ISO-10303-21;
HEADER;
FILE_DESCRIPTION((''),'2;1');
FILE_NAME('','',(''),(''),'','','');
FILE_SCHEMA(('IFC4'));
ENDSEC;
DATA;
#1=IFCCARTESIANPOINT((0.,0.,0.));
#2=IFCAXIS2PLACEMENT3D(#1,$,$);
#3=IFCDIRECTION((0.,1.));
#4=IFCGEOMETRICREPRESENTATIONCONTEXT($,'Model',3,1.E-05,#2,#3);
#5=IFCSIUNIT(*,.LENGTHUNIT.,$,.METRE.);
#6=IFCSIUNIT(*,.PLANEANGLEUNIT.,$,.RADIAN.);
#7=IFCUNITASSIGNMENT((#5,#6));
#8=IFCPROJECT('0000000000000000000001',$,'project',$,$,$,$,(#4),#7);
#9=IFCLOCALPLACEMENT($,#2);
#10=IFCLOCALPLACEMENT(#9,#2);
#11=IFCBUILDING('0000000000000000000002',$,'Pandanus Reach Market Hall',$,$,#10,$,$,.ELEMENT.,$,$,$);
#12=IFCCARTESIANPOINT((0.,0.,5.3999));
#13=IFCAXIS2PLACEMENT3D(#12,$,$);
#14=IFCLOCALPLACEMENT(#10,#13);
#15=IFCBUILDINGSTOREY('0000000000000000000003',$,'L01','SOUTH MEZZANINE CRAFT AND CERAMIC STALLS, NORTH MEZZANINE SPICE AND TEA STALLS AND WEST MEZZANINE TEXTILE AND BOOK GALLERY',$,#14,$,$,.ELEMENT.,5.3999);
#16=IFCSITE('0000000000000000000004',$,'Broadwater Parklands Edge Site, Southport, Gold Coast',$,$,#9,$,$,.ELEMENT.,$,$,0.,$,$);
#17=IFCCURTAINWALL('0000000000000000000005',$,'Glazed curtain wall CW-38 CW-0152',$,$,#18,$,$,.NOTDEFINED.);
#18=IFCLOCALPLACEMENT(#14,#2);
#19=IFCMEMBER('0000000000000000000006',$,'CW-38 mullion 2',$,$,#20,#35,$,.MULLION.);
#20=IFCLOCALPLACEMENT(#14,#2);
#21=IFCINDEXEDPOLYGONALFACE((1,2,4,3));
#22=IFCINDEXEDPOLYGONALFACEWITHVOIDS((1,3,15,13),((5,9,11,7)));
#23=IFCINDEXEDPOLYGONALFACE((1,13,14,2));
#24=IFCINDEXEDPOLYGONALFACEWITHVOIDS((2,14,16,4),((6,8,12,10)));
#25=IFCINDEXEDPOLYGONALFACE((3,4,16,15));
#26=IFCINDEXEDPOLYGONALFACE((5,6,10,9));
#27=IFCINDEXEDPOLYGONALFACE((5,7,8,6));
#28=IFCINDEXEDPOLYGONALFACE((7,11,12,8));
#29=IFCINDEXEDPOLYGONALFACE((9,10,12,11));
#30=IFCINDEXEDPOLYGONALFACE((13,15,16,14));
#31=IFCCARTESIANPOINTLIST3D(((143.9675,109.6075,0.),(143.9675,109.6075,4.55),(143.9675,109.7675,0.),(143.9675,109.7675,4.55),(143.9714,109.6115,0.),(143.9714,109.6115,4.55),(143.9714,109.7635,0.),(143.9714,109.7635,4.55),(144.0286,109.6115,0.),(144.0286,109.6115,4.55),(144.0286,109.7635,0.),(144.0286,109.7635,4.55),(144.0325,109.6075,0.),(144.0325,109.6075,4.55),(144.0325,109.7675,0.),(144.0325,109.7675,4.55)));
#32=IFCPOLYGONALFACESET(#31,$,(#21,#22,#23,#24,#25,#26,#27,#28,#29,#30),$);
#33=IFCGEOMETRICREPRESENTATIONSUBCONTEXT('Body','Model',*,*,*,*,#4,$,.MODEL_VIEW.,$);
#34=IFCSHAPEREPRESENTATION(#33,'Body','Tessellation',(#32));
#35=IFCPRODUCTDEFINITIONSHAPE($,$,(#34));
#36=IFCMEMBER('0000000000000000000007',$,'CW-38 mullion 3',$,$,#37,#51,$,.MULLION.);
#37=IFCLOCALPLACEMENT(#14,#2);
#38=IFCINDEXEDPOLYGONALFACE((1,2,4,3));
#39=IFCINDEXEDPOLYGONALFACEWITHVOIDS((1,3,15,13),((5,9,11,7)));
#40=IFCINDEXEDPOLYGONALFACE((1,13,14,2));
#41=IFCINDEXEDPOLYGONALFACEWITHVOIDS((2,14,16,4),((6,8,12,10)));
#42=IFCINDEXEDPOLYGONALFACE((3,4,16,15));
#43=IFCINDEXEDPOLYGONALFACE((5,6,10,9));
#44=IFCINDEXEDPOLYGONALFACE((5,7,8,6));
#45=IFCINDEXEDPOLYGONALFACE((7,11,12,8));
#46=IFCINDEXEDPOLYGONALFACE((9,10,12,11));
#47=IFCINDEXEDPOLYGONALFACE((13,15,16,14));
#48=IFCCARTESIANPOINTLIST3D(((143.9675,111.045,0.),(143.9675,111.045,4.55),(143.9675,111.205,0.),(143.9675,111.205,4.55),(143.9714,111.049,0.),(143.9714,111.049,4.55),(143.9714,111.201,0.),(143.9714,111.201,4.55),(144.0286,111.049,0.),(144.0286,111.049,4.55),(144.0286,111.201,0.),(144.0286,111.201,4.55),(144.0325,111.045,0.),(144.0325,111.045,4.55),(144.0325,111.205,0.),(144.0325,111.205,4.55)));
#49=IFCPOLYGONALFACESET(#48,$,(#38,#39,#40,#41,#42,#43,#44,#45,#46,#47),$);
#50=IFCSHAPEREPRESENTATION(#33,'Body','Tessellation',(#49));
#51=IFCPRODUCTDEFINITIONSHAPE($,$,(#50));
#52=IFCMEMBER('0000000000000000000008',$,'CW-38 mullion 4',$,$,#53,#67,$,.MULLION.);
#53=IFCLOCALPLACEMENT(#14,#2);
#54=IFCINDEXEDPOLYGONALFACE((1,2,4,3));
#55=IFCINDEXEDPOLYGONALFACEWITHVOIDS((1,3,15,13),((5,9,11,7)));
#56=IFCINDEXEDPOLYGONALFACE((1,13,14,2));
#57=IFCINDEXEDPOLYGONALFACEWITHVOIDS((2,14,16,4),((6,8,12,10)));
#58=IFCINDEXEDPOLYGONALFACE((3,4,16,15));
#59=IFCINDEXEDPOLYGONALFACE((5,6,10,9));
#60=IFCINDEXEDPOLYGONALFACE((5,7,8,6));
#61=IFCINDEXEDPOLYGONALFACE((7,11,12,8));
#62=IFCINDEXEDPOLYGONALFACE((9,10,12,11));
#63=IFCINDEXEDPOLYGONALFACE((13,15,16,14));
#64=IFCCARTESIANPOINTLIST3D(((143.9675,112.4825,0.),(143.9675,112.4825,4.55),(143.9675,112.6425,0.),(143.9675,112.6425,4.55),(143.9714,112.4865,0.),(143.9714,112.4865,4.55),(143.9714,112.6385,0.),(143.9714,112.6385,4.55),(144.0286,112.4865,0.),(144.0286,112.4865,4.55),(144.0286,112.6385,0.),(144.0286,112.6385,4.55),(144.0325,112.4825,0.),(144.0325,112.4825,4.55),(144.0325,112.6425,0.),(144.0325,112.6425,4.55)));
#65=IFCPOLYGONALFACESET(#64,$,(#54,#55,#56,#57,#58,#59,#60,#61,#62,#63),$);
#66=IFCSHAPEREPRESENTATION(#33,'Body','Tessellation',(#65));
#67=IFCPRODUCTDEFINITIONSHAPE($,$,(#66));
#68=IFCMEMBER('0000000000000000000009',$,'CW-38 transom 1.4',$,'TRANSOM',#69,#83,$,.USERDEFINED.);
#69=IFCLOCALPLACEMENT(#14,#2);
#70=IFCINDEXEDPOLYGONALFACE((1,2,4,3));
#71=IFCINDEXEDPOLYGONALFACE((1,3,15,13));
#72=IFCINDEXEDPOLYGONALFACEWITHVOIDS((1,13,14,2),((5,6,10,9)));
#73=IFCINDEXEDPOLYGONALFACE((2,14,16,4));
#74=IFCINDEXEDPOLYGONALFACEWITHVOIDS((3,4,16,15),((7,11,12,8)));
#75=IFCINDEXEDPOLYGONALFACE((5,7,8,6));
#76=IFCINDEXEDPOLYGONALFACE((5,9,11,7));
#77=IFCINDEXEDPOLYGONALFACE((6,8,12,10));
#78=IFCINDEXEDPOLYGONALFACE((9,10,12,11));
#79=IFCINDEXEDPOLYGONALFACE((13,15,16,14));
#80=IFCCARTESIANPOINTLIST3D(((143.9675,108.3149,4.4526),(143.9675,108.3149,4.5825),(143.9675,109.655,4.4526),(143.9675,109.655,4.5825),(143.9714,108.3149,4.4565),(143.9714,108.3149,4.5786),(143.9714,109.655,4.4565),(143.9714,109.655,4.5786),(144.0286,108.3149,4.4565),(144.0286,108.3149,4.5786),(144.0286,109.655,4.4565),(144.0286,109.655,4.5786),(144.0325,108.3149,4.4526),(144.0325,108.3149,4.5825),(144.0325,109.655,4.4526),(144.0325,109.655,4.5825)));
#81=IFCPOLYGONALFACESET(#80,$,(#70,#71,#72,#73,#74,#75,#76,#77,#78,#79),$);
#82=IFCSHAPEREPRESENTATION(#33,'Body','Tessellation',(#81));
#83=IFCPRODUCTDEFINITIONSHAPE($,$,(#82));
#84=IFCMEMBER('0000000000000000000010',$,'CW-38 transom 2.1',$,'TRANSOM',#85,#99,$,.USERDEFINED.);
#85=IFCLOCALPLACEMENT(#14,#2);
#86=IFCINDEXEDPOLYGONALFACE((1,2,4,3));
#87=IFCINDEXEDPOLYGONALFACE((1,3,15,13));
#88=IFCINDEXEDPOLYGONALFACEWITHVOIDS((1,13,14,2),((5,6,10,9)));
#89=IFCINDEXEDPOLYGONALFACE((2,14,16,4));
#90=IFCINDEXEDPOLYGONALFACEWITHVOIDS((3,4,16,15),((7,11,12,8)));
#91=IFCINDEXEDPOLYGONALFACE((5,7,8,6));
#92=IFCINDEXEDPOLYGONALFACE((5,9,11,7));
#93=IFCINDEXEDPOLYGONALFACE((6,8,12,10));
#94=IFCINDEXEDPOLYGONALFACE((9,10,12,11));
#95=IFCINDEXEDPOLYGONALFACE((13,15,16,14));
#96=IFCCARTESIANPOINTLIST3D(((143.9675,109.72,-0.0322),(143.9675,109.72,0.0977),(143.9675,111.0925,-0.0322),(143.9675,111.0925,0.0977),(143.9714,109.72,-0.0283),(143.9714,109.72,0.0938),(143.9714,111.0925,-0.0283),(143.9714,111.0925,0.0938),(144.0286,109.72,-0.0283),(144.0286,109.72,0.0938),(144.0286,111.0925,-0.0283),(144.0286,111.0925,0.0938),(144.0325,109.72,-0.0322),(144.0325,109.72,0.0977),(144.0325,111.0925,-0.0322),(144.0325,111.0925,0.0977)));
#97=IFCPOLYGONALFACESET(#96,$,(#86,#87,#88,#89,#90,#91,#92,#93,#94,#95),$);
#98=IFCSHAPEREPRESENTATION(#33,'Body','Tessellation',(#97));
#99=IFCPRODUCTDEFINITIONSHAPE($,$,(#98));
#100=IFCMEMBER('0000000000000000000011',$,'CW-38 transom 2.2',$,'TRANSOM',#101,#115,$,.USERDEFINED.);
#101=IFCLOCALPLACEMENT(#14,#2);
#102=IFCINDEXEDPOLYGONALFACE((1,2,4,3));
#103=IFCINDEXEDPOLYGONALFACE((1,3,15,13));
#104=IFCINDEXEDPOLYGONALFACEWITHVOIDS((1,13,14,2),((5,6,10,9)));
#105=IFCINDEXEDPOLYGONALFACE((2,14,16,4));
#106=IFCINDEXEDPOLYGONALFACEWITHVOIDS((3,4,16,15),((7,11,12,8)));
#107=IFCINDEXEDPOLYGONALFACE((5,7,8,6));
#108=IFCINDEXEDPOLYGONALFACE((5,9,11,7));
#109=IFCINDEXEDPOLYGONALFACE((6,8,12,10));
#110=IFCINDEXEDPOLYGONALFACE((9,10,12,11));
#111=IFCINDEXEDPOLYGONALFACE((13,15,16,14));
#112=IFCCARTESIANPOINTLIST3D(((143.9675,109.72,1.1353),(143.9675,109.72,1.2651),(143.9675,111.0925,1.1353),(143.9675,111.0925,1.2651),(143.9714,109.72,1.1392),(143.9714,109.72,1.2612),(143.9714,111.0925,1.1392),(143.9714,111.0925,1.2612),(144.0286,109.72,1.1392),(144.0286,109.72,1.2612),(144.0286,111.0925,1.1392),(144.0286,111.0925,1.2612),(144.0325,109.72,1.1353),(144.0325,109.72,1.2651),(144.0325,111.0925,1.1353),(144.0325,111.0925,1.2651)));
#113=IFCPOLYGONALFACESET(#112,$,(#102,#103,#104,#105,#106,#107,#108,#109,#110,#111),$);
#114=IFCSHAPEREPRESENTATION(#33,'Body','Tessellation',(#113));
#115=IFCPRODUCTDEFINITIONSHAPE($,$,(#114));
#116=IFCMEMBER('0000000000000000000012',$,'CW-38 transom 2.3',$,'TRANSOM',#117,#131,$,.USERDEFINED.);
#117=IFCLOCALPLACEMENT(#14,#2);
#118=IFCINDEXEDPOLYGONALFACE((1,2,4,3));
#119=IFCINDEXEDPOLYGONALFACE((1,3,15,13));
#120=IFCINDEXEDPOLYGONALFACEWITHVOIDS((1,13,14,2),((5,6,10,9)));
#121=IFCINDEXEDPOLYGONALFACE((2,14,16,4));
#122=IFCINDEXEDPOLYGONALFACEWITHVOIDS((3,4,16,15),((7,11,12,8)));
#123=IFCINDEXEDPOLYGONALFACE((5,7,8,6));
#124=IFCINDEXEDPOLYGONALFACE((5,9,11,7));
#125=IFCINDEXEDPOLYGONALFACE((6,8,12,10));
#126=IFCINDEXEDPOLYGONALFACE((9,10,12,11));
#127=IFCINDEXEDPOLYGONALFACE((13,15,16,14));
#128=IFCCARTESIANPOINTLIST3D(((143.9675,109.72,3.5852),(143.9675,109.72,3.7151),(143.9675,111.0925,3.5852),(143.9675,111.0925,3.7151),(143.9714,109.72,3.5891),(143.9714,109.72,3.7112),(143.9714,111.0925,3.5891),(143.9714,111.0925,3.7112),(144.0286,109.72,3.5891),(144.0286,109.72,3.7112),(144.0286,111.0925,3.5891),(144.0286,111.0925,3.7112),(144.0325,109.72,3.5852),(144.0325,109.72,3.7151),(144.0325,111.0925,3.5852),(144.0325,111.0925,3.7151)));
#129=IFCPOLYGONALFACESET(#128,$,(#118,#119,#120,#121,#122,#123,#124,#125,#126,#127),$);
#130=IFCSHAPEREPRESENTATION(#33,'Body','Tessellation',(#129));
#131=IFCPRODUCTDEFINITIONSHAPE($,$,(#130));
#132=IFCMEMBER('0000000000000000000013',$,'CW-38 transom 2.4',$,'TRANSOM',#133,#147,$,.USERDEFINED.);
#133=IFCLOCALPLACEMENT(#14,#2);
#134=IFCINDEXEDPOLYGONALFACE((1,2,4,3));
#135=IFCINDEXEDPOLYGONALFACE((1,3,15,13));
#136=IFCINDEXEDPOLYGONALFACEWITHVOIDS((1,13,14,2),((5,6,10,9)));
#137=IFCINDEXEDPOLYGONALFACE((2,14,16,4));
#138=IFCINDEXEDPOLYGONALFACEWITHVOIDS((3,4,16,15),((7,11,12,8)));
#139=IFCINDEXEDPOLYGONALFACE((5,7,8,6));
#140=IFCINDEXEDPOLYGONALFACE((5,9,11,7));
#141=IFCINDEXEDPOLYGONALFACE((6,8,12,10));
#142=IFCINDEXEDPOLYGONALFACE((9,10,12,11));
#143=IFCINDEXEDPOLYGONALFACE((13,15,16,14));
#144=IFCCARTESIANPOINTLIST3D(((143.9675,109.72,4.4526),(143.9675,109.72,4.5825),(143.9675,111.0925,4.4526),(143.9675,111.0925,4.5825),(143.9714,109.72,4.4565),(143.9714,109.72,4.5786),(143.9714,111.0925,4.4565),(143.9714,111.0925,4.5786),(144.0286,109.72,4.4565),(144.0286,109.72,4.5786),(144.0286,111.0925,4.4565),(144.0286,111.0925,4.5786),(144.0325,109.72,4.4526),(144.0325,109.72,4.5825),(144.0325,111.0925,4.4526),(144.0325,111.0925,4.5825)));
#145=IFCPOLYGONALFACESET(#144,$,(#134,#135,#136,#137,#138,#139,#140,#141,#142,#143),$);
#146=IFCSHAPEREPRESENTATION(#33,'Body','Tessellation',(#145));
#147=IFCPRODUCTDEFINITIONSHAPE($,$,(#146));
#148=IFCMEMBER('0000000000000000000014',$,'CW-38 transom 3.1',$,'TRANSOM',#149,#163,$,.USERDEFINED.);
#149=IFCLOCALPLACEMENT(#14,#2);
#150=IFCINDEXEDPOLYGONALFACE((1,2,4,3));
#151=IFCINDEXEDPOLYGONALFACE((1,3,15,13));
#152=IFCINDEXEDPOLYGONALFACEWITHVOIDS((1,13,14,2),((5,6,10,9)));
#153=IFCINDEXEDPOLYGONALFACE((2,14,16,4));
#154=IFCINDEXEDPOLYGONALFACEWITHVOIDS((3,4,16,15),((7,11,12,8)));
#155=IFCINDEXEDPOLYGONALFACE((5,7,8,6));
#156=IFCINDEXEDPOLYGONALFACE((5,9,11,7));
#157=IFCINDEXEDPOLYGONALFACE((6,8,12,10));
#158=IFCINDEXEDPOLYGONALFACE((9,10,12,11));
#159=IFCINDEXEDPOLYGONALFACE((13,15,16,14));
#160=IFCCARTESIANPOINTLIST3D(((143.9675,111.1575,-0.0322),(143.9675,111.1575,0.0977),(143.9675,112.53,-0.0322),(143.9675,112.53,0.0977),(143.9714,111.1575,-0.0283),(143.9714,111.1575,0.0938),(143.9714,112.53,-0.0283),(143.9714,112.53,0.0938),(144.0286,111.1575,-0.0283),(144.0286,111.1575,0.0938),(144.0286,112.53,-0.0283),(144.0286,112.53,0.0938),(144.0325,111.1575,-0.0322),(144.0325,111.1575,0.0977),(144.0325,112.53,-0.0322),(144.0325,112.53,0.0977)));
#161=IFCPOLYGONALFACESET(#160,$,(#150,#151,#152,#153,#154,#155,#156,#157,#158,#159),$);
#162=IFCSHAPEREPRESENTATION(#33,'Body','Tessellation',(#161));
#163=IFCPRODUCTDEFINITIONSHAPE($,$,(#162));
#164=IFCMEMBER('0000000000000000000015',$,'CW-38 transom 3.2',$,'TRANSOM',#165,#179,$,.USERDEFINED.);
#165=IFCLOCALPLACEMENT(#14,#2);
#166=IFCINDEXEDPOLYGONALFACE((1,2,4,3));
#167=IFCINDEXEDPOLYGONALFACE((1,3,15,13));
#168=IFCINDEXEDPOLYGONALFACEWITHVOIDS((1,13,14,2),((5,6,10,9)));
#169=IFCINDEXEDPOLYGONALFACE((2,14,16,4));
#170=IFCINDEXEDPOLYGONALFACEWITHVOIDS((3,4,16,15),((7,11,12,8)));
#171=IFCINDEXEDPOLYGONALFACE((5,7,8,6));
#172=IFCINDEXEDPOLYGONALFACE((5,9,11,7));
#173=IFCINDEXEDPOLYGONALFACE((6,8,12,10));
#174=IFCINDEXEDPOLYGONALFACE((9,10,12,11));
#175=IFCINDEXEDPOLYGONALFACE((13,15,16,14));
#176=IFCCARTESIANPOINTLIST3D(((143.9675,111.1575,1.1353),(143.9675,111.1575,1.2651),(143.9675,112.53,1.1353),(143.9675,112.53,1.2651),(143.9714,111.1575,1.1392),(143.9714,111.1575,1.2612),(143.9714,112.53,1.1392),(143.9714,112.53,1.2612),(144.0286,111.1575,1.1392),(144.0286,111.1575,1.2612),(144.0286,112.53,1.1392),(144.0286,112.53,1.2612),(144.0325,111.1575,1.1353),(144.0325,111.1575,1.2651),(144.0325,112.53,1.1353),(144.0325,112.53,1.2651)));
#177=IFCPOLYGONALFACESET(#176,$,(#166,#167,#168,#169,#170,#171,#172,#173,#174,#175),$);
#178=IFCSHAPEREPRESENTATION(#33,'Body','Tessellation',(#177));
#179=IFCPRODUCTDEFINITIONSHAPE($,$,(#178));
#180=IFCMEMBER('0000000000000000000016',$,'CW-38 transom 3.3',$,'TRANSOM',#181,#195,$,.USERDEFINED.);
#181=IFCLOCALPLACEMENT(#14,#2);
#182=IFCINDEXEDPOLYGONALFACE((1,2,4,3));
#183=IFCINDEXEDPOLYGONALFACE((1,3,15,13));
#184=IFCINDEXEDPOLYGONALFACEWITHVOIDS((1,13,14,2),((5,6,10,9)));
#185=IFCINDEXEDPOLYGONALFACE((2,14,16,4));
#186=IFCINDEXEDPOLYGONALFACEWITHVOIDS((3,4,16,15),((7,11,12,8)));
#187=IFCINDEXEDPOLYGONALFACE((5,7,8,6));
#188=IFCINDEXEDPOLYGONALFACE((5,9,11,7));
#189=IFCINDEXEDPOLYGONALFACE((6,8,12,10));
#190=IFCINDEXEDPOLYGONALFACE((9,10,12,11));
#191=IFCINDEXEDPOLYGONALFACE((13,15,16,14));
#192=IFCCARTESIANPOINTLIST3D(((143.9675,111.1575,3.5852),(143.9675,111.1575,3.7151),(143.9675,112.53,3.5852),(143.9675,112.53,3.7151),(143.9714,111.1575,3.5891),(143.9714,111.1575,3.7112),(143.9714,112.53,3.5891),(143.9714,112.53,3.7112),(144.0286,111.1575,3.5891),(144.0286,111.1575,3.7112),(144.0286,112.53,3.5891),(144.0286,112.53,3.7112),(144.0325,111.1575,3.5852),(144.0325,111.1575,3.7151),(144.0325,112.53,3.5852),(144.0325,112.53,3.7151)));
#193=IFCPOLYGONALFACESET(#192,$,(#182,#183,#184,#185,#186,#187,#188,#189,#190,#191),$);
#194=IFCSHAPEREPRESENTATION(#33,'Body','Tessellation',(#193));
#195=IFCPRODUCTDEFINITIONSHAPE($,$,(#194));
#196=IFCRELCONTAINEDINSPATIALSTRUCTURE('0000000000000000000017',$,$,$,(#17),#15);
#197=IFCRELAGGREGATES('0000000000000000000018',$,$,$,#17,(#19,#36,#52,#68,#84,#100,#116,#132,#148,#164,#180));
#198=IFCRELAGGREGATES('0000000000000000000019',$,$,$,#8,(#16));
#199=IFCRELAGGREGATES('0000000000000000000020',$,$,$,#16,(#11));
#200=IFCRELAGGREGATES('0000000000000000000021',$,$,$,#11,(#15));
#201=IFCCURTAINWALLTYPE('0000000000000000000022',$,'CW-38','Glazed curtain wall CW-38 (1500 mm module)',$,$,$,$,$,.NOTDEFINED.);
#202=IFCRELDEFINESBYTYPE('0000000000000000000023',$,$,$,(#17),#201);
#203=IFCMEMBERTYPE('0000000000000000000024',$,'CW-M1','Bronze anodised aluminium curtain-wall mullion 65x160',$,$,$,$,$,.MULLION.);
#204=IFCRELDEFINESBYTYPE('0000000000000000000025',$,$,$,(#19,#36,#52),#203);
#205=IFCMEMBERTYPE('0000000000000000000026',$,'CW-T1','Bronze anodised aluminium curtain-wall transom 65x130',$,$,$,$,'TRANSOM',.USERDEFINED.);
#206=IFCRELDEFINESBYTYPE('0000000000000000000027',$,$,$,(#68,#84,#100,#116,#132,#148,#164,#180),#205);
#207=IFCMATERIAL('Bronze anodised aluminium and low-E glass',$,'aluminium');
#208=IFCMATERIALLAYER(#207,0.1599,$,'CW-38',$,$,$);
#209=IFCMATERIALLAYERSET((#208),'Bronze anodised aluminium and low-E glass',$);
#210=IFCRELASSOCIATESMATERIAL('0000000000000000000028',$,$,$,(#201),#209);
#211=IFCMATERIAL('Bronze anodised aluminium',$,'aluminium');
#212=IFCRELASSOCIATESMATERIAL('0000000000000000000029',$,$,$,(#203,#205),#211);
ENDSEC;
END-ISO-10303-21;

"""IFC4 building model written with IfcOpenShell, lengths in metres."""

from ifc_helpers import new_model, si_unit, direction, frame, origin, origin_2d, place, context, subcontext, project, spatial, hollow_rectangle, extrude, material, layer, layer_set, material_profile, profile_set, type_object, element, aggregate, save


model = new_model("IFC4")

# Units and contexts
model_context = context("Model", 3, precision=1e-05, world=origin(), true_north=direction((0.0, 1.0)))
body_context = subcontext(model_context, "Body", "Model", "MODEL_VIEW")
ifc_project = project(units=[si_unit("LENGTHUNIT", "METRE"), si_unit("PLANEANGLEUNIT", "RADIAN")], contexts=[model_context])

# Site, building, storey
site_placement = place(None, origin())
site = spatial("IfcSite", under=ifc_project, at=site_placement, Name="Broadwater Parklands Edge Site, Southport, Gold Coast", CompositionType="ELEMENT", RefElevation=0.0)
building_placement = place(site_placement, origin())
building = spatial("IfcBuilding", under=site, at=building_placement, Name="Pandanus Reach Market Hall", CompositionType="ELEMENT")
storey_placement = place(building_placement, frame((0.0, 0.0, 5.3999)))
storey = spatial("IfcBuildingStorey", under=building, at=storey_placement, Name="L01", Description="SOUTH MEZZANINE CRAFT AND CERAMIC STALLS, NORTH MEZZANINE SPICE AND TEA STALLS AND WEST MEZZANINE TEXTILE AND BOOK GALLERY", CompositionType="ELEMENT", Elevation=5.3999)

# Curtain wall, members
ifc_material_1 = material(Name="Bronze anodised aluminium and low-E glass", Category="aluminium")
ifc_layer_1 = layer(ifc_material_1, 0.1599, Name="CW-38")
ifc_layer_set_1 = layer_set([ifc_layer_1], Name="Bronze anodised aluminium and low-E glass")
curtain_wall_type = type_object("IfcCurtainWallType", Name="CW-38", Description="Glazed curtain wall CW-38 (1500 mm module)", PredefinedType="NOTDEFINED", material=ifc_layer_set_1)
curtain_wall_placement = place(storey_placement, origin())
curtain_wall = element("IfcCurtainWall", 1, at=curtain_wall_placement, inside=storey, type_object=curtain_wall_type, Name="Glazed curtain wall CW-38 CW-0152", PredefinedType="NOTDEFINED")
ifc_material_2 = material(Name="Bronze anodised aluminium", Category="aluminium")
ifc_material_profile_1 = material_profile(ifc_material_2, hollow_rectangle(XDim=0.0649, YDim=0.1599, WallThickness=0.0039, at=origin_2d()), Name="ALU65x160", Category="LoadBearing")
ifc_profile_set_1 = profile_set([ifc_material_profile_1], Name="Bronze anodised aluminium")
member_type_1 = type_object("IfcMemberType", Name="CW-M1", Description="Bronze anodised aluminium curtain-wall mullion 65x160", PredefinedType="MULLION", material=ifc_profile_set_1)
member_1_placement = place(storey_placement, frame((144.0, 109.6875, 0.0), z_axis=(0.0, 0.0, 1.0), x_axis=(-1.0, 0.0, 0.0)))
member_1 = element("IfcMember", 2, at=member_1_placement, type_object=member_type_1, Name="CW-38 mullion 2", PredefinedType="MULLION", context=body_context, shape_type="SweptSolid", body=[
    extrude(hollow_rectangle(XDim=0.0649, YDim=0.1599, WallThickness=0.0039, at=origin_2d()), origin(), (0.0, 0.0, 1.0), 4.55),
])
member_2_placement = place(storey_placement, frame((144.0, 111.125, 0.0), z_axis=(0.0, 0.0, 1.0), x_axis=(-1.0, 0.0, 0.0)))
member_2 = element("IfcMember", 3, at=member_2_placement, type_object=member_type_1, Name="CW-38 mullion 3", PredefinedType="MULLION", context=body_context, shape_type="SweptSolid", body=[
    extrude(hollow_rectangle(XDim=0.0649, YDim=0.1599, WallThickness=0.0039, at=origin_2d()), origin(), (0.0, 0.0, 1.0), 4.55),
])
member_3_placement = place(storey_placement, frame((144.0, 112.5625, 0.0), z_axis=(0.0, 0.0, 1.0), x_axis=(-1.0, 0.0, 0.0)))
member_3 = element("IfcMember", 4, at=member_3_placement, type_object=member_type_1, Name="CW-38 mullion 4", PredefinedType="MULLION", context=body_context, shape_type="SweptSolid", body=[
    extrude(hollow_rectangle(XDim=0.0649, YDim=0.1599, WallThickness=0.0039, at=origin_2d()), origin(), (0.0, 0.0, 1.0), 4.55),
])
ifc_material_profile_2 = material_profile(ifc_material_2, hollow_rectangle(XDim=0.0649, YDim=0.1299, WallThickness=0.0039, at=origin_2d()), Name="ALU65x130", Category="LoadBearing")
ifc_profile_set_2 = profile_set([ifc_material_profile_2], Name="Bronze anodised aluminium")
member_type_2 = type_object("IfcMemberType", Name="CW-T1", Description="Bronze anodised aluminium curtain-wall transom 65x130", ElementType="TRANSOM", PredefinedType="USERDEFINED", material=ifc_profile_set_2)
member_4_placement = place(storey_placement, frame((144.0, 108.3149, 4.5176), z_axis=(0.0, 1.0, 0.0), x_axis=(-1.0, 0.0, 0.0)))
member_4 = element("IfcMember", 5, at=member_4_placement, type_object=member_type_2, Name="CW-38 transom 1.4", ObjectType="TRANSOM", PredefinedType="USERDEFINED", context=body_context, shape_type="SweptSolid", body=[
    extrude(hollow_rectangle(XDim=0.0649, YDim=0.1299, WallThickness=0.0039, at=origin_2d()), origin(), (0.0, 0.0, 1.0), 1.3401),
])
member_5_placement = place(storey_placement, frame((144.0, 109.72, 0.0327), z_axis=(0.0, 1.0, 0.0), x_axis=(-1.0, 0.0, 0.0)))
member_5 = element("IfcMember", 6, at=member_5_placement, type_object=member_type_2, Name="CW-38 transom 2.1", ObjectType="TRANSOM", PredefinedType="USERDEFINED", context=body_context, shape_type="SweptSolid", body=[
    extrude(hollow_rectangle(XDim=0.0649, YDim=0.1299, WallThickness=0.0039, at=origin_2d()), origin(), (0.0, 0.0, 1.0), 1.3726),
])
member_6_placement = place(storey_placement, frame((144.0, 109.72, 1.2002), z_axis=(0.0, 1.0, 0.0), x_axis=(-1.0, 0.0, 0.0)))
member_6 = element("IfcMember", 7, at=member_6_placement, type_object=member_type_2, Name="CW-38 transom 2.2", ObjectType="TRANSOM", PredefinedType="USERDEFINED", context=body_context, shape_type="SweptSolid", body=[
    extrude(hollow_rectangle(XDim=0.0649, YDim=0.1299, WallThickness=0.0039, at=origin_2d()), origin(), (0.0, 0.0, 1.0), 1.3726),
])
member_7_placement = place(storey_placement, frame((144.0, 109.72, 3.6501), z_axis=(0.0, 1.0, 0.0), x_axis=(-1.0, 0.0, 0.0)))
member_7 = element("IfcMember", 8, at=member_7_placement, type_object=member_type_2, Name="CW-38 transom 2.3", ObjectType="TRANSOM", PredefinedType="USERDEFINED", context=body_context, shape_type="SweptSolid", body=[
    extrude(hollow_rectangle(XDim=0.0649, YDim=0.1299, WallThickness=0.0039, at=origin_2d()), origin(), (0.0, 0.0, 1.0), 1.3726),
])
member_8_placement = place(storey_placement, frame((144.0, 109.72, 4.5176), z_axis=(0.0, 1.0, 0.0), x_axis=(-1.0, 0.0, 0.0)))
member_8 = element("IfcMember", 9, at=member_8_placement, type_object=member_type_2, Name="CW-38 transom 2.4", ObjectType="TRANSOM", PredefinedType="USERDEFINED", context=body_context, shape_type="SweptSolid", body=[
    extrude(hollow_rectangle(XDim=0.0649, YDim=0.1299, WallThickness=0.0039, at=origin_2d()), origin(), (0.0, 0.0, 1.0), 1.3726),
])
member_9_placement = place(storey_placement, frame((144.0, 111.1575, 0.0327), z_axis=(0.0, 1.0, 0.0), x_axis=(-1.0, 0.0, 0.0)))
member_9 = element("IfcMember", 10, at=member_9_placement, type_object=member_type_2, Name="CW-38 transom 3.1", ObjectType="TRANSOM", PredefinedType="USERDEFINED", context=body_context, shape_type="SweptSolid", body=[
    extrude(hollow_rectangle(XDim=0.0649, YDim=0.1299, WallThickness=0.0039, at=origin_2d()), origin(), (0.0, 0.0, 1.0), 1.3726),
])
member_10_placement = place(storey_placement, frame((144.0, 111.1575, 1.2002), z_axis=(0.0, 1.0, 0.0), x_axis=(-1.0, 0.0, 0.0)))
member_10 = element("IfcMember", 11, at=member_10_placement, type_object=member_type_2, Name="CW-38 transom 3.2", ObjectType="TRANSOM", PredefinedType="USERDEFINED", context=body_context, shape_type="SweptSolid", body=[
    extrude(hollow_rectangle(XDim=0.0649, YDim=0.1299, WallThickness=0.0039, at=origin_2d()), origin(), (0.0, 0.0, 1.0), 1.3726),
])
member_11_placement = place(storey_placement, frame((144.0, 111.1575, 3.6501), z_axis=(0.0, 1.0, 0.0), x_axis=(-1.0, 0.0, 0.0)))
member_11 = element("IfcMember", 12, at=member_11_placement, type_object=member_type_2, Name="CW-38 transom 3.3", ObjectType="TRANSOM", PredefinedType="USERDEFINED", context=body_context, shape_type="SweptSolid", body=[
    extrude(hollow_rectangle(XDim=0.0649, YDim=0.1299, WallThickness=0.0039, at=origin_2d()), origin(), (0.0, 0.0, 1.0), 1.3726),
])
aggregate(curtain_wall, [member_1, member_2, member_3, member_4, member_5, member_6, member_7, member_8, member_9, member_10, member_11])

save(model, "model.ifc")
